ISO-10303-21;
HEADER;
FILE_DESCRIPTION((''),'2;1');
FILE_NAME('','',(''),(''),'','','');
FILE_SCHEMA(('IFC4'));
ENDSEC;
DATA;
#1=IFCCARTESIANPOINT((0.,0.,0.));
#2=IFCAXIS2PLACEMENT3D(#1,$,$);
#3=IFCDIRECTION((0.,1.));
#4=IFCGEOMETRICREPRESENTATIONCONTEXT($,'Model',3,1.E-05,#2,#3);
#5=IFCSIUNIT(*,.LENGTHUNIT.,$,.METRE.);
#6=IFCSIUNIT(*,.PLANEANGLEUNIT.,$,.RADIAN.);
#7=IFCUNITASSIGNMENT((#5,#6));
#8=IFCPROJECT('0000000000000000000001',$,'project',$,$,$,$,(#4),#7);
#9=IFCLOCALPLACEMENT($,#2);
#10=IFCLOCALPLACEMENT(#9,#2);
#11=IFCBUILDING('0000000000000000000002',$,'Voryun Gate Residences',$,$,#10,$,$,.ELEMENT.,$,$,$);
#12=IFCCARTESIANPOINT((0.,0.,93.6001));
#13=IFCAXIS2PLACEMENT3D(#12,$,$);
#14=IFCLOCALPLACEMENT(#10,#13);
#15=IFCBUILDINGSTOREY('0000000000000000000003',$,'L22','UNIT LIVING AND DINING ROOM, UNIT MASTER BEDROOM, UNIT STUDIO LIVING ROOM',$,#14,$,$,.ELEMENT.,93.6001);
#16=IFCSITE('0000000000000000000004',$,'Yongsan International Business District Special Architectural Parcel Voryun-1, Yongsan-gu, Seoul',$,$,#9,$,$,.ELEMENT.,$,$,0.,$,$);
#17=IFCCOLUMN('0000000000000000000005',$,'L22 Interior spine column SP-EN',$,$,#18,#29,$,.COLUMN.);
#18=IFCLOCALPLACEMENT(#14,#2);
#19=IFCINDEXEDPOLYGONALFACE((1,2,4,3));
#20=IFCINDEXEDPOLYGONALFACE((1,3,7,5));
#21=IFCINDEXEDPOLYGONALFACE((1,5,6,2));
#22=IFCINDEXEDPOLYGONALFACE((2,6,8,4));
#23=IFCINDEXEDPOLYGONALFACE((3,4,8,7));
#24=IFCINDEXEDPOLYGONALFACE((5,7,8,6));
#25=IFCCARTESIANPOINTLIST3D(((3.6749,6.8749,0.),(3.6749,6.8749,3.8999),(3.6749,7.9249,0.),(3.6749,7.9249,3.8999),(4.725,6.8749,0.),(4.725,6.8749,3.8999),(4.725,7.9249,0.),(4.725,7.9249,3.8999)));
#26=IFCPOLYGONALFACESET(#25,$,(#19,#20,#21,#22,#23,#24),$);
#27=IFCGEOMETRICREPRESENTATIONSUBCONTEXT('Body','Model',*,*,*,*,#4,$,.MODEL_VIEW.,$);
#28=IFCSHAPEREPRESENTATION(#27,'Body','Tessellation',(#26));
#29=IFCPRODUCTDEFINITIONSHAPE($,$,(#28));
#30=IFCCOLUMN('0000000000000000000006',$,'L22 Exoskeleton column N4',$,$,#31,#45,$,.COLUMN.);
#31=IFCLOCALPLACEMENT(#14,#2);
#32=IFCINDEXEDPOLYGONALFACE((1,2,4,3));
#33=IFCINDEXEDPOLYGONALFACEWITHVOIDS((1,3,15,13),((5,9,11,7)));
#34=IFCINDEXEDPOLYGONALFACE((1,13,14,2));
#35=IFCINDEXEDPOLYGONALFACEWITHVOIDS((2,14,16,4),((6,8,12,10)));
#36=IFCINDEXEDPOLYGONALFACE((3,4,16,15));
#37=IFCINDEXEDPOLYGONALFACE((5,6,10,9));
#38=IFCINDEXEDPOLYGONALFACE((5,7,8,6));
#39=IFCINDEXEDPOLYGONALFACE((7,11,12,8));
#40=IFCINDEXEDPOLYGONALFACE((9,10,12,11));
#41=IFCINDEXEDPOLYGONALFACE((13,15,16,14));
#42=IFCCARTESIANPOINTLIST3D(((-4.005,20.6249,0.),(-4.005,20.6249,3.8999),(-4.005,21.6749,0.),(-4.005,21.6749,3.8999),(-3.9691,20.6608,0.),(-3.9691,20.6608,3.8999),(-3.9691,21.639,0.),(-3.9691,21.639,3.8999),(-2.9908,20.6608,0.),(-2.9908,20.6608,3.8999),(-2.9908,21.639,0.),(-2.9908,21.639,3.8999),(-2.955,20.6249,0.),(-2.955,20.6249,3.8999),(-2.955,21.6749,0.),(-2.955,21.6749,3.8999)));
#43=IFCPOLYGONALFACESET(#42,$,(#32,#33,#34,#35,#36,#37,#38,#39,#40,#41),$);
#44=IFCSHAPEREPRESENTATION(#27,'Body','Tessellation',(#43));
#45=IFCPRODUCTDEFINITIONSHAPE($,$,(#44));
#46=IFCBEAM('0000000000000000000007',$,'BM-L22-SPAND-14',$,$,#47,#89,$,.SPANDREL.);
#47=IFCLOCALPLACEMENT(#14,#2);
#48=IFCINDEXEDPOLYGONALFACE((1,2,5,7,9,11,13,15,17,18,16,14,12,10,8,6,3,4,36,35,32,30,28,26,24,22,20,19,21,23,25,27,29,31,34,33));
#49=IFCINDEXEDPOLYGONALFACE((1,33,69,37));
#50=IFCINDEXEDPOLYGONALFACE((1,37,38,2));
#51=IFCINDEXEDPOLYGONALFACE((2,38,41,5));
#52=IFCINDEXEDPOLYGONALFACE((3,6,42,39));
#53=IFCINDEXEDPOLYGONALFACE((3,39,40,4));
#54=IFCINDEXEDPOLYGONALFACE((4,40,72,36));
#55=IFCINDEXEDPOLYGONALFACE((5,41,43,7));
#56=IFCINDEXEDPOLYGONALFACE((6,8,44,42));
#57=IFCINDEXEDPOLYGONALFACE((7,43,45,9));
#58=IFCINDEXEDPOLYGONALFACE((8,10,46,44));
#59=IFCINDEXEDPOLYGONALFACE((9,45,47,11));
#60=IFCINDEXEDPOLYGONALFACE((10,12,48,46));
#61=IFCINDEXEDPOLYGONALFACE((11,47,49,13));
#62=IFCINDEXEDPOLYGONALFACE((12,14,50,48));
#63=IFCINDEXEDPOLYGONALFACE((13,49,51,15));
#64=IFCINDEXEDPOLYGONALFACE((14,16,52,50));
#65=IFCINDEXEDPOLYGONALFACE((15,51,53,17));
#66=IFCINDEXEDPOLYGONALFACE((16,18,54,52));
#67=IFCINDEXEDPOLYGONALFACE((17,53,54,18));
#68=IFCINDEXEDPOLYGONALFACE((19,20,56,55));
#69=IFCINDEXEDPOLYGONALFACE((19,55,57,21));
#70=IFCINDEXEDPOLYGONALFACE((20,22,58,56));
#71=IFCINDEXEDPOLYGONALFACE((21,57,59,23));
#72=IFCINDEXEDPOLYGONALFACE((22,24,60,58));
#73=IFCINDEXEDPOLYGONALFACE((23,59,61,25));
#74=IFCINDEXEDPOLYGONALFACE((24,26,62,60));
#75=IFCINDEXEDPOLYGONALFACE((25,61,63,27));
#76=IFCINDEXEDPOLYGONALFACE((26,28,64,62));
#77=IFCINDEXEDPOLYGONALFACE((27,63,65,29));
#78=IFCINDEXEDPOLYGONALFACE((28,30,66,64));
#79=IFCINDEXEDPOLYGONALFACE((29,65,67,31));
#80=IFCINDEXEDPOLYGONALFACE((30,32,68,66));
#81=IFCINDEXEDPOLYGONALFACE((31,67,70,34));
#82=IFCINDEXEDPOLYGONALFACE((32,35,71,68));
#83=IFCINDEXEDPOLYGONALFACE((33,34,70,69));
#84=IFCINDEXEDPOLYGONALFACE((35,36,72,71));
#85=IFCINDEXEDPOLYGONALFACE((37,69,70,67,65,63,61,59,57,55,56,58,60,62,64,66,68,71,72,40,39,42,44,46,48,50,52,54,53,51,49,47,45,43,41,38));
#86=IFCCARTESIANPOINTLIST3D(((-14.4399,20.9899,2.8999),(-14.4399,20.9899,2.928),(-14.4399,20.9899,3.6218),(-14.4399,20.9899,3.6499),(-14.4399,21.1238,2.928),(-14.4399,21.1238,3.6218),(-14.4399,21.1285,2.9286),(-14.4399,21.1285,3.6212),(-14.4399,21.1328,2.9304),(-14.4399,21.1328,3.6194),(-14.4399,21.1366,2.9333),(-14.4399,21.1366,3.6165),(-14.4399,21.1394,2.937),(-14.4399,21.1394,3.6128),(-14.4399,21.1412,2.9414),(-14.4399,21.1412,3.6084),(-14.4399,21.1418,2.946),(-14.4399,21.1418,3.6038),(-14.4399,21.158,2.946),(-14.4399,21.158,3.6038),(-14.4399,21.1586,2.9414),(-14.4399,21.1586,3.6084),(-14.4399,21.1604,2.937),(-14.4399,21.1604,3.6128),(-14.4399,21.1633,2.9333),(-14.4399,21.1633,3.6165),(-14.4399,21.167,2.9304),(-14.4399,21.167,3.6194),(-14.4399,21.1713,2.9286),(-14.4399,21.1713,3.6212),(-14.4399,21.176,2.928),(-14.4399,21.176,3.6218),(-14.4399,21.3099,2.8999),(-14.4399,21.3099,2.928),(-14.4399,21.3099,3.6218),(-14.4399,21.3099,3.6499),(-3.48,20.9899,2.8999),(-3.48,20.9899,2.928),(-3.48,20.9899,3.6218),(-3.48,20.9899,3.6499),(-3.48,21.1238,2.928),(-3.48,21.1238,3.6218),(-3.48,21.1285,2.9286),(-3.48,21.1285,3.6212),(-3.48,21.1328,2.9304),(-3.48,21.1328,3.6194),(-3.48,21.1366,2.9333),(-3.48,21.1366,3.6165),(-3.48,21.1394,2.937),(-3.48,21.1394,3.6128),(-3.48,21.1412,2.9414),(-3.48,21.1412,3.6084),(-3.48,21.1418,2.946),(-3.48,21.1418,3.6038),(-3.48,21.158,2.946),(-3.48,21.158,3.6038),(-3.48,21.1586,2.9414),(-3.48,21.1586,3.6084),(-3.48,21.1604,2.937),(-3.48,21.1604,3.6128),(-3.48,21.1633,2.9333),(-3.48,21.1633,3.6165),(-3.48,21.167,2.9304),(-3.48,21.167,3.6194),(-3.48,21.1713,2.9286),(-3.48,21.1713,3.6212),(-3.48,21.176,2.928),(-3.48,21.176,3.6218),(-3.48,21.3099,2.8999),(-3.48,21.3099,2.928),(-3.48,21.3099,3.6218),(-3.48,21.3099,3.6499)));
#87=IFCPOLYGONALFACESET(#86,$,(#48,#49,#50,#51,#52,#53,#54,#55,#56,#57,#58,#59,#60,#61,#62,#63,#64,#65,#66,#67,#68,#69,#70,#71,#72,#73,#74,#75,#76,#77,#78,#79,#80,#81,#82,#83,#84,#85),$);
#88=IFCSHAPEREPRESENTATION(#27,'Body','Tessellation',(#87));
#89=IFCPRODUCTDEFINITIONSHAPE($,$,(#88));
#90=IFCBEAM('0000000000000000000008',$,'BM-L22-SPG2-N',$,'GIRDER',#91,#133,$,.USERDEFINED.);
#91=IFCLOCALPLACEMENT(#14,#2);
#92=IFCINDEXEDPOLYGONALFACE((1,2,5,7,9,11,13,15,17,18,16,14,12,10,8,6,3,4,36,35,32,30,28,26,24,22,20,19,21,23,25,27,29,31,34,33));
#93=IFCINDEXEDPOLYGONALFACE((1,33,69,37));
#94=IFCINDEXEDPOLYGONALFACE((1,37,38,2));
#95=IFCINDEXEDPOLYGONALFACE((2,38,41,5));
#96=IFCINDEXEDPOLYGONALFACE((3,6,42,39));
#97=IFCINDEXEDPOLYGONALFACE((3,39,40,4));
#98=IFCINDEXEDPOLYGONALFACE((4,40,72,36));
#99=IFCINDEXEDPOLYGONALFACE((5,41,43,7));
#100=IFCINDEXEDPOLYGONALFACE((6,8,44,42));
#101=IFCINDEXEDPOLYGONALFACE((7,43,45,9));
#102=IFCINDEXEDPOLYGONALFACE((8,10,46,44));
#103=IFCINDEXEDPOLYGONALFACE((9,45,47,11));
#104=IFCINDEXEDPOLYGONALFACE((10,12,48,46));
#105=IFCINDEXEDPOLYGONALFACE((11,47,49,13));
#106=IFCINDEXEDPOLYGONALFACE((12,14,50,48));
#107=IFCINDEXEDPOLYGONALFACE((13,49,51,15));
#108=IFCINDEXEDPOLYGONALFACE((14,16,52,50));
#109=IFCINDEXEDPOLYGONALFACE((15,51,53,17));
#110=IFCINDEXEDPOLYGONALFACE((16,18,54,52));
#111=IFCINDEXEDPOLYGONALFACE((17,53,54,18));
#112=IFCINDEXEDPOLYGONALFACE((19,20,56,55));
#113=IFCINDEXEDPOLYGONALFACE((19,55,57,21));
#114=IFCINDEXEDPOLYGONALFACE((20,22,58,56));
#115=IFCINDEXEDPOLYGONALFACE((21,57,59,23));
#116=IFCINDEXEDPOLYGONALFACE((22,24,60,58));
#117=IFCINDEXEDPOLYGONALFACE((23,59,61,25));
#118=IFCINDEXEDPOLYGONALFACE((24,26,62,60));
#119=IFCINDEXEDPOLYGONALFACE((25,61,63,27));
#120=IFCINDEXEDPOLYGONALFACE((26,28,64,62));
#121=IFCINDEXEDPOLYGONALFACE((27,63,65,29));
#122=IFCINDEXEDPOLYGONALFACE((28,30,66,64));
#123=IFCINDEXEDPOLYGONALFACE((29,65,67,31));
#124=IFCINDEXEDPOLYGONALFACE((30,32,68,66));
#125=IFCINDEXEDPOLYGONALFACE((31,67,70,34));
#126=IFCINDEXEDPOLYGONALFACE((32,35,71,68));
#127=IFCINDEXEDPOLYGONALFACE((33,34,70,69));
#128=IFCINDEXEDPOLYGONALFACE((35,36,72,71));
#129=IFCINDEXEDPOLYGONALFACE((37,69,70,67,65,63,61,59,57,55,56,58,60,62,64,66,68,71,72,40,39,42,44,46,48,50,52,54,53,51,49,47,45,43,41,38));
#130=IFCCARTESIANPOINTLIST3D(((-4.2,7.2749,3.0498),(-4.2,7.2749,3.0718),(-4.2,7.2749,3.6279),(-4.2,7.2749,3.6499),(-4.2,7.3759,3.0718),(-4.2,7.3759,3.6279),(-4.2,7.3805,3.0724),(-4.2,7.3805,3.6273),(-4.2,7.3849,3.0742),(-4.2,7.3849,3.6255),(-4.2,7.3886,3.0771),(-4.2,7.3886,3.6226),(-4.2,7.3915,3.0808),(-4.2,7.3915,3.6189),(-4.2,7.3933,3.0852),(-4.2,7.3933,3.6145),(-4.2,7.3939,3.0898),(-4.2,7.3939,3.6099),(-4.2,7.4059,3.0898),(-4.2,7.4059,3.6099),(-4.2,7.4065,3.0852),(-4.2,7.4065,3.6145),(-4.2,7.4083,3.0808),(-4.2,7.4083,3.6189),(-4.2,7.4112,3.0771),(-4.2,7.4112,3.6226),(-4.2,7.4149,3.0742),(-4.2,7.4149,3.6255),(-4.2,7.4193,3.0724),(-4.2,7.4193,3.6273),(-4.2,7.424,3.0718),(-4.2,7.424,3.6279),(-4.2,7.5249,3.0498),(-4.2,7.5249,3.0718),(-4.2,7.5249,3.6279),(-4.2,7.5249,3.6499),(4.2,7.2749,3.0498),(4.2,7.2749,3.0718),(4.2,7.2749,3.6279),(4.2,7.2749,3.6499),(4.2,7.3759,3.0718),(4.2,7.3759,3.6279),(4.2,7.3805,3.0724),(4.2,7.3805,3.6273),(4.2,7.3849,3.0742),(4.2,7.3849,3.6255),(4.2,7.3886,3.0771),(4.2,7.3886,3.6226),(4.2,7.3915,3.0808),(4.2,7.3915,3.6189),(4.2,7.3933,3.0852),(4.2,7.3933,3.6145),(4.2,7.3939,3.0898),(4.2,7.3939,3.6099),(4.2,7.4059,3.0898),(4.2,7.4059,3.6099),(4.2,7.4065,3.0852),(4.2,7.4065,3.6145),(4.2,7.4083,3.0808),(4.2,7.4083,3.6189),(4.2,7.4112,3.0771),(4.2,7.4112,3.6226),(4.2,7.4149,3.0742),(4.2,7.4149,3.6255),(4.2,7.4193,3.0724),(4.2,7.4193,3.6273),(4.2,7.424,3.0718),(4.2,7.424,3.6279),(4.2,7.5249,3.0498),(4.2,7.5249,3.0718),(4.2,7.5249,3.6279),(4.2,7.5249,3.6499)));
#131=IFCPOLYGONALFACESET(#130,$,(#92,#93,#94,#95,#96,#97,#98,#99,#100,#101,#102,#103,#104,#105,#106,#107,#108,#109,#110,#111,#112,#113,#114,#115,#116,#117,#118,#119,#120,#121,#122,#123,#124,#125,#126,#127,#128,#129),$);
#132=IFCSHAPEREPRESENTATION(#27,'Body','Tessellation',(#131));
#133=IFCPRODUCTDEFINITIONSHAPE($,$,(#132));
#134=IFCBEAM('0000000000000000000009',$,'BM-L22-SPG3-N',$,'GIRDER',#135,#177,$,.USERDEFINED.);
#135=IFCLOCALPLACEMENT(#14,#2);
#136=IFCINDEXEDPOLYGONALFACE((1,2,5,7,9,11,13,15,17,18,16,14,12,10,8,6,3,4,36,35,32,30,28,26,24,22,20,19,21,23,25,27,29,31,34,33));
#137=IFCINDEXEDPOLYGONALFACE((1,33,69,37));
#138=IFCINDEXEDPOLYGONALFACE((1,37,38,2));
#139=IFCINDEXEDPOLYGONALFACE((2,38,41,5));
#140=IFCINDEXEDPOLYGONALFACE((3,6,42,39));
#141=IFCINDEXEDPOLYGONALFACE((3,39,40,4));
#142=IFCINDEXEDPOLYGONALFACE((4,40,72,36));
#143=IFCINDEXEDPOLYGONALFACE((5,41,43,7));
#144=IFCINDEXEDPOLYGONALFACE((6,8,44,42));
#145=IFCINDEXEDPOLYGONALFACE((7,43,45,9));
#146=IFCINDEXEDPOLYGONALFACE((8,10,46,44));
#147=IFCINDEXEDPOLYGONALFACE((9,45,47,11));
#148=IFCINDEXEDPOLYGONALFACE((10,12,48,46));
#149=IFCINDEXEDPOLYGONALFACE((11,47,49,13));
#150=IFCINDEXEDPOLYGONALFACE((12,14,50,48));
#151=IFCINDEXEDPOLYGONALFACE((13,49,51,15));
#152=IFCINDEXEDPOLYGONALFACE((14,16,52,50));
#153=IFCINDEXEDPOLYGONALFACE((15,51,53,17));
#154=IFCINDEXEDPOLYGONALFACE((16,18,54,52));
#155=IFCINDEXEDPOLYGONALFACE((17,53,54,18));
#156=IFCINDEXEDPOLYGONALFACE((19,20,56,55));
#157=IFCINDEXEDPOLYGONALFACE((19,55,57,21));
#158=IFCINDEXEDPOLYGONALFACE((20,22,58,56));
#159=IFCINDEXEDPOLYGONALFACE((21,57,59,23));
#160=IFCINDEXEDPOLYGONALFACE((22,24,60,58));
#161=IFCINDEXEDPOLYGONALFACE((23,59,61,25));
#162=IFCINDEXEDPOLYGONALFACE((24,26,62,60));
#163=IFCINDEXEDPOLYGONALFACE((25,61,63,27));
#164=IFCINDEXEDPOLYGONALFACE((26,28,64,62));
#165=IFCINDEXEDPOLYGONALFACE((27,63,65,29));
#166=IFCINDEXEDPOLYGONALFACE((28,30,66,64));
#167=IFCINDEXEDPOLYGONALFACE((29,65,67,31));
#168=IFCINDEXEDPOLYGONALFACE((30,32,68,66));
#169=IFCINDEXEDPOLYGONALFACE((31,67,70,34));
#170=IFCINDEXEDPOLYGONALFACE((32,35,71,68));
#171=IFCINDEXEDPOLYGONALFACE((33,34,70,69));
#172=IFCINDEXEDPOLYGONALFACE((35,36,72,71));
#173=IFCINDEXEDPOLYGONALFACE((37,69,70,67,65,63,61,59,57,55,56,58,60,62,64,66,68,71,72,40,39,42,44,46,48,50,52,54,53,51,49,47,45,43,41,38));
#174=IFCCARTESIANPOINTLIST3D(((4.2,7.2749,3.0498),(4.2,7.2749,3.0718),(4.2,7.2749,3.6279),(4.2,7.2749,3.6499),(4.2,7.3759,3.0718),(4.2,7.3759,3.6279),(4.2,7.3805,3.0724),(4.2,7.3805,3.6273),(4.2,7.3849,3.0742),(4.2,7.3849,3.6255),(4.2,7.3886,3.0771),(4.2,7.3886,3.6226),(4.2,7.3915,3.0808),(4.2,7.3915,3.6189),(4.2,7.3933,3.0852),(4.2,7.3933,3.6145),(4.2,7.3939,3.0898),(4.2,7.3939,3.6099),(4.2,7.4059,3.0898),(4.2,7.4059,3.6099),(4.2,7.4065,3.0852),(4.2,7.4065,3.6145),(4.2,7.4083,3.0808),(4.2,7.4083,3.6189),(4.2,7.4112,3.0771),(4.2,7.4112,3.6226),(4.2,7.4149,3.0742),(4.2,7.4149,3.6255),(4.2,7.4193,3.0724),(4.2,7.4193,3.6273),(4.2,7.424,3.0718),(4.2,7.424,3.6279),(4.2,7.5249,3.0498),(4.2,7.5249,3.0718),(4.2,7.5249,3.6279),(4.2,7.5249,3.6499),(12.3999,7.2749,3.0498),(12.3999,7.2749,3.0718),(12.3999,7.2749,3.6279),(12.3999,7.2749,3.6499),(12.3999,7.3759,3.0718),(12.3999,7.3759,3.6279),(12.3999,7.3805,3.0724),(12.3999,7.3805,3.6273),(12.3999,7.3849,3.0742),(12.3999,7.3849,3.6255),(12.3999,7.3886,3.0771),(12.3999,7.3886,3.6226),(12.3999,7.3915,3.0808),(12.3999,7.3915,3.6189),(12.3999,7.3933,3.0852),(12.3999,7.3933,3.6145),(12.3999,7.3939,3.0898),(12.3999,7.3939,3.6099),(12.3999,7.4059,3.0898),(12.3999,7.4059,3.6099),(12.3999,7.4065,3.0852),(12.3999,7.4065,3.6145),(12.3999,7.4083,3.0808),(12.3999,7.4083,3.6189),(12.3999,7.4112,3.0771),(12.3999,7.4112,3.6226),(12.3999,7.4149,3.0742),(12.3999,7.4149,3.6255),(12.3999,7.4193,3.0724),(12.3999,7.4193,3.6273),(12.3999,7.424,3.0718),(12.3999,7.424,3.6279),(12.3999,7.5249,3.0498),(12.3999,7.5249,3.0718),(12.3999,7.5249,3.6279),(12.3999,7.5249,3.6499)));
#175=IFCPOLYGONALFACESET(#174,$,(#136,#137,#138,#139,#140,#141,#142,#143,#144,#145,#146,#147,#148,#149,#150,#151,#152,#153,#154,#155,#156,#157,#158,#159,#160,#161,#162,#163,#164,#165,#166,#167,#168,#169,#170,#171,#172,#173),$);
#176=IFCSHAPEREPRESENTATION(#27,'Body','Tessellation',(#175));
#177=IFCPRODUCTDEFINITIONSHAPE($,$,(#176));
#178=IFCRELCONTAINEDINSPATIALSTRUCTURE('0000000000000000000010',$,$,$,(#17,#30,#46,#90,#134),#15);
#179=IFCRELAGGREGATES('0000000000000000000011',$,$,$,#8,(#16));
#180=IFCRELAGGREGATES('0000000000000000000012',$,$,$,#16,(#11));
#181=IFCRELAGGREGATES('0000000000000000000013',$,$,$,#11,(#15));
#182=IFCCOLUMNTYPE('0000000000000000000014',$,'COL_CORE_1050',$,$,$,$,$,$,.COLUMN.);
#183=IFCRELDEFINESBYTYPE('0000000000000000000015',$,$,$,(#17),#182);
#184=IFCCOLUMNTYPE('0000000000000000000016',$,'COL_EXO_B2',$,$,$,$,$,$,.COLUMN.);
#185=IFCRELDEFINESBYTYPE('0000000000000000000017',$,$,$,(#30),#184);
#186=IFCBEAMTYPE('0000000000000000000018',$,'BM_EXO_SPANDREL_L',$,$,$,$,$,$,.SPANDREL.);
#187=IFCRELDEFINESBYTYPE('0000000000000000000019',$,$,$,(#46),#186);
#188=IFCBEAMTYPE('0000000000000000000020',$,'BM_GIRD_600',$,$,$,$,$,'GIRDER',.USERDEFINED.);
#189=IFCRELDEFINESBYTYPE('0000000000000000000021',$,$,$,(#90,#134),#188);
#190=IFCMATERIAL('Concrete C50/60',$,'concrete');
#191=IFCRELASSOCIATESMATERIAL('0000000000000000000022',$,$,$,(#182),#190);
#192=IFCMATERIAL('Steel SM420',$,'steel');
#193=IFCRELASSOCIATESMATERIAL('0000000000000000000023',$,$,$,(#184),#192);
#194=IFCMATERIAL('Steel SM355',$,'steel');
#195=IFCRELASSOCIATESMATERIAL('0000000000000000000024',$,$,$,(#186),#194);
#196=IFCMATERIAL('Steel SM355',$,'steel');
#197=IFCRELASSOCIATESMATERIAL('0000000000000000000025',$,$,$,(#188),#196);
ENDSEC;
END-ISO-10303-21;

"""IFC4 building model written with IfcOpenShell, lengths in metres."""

from ifc_helpers import new_model, si_unit, direction, frame, origin, origin_2d, place, context, subcontext, project, spatial, rectangle, hollow_rectangle, i_section, extrude, material, material_profile, profile_set, type_object, element, save


model = new_model("IFC4")

# Units and contexts
model_context = context("Model", 3, precision=1e-05, world=origin(), true_north=direction((0.0, 1.0)))
body_context = subcontext(model_context, "Body", "Model", "MODEL_VIEW")
ifc_project = project(units=[si_unit("LENGTHUNIT", "METRE"), si_unit("PLANEANGLEUNIT", "RADIAN")], contexts=[model_context])

# Site, building, storey
site_placement = place(None, origin())
site = spatial("IfcSite", under=ifc_project, at=site_placement, Name="Yongsan International Business District Special Architectural Parcel Voryun-1, Yongsan-gu, Seoul", CompositionType="ELEMENT", RefElevation=0.0)
building_placement = place(site_placement, origin())
building = spatial("IfcBuilding", under=site, at=building_placement, Name="Voryun Gate Residences", CompositionType="ELEMENT")
storey_placement = place(building_placement, frame((0.0, 0.0, 93.6001)))
storey = spatial("IfcBuildingStorey", under=building, at=storey_placement, Name="L22", Description="UNIT LIVING AND DINING ROOM, UNIT MASTER BEDROOM, UNIT STUDIO LIVING ROOM", CompositionType="ELEMENT", Elevation=93.6001)

# Columns
ifc_material_1 = material(Name="Concrete C50/60", Category="concrete")
ifc_material_profile_1 = material_profile(ifc_material_1, rectangle(XDim=1.05, YDim=1.05, at=origin_2d()), Name="RC-1050x1050")
ifc_profile_set_1 = profile_set([ifc_material_profile_1], Name="Concrete C50/60")
column_type_1 = type_object("IfcColumnType", Name="COL_CORE_1050", PredefinedType="COLUMN", material=ifc_profile_set_1)
column_1_placement = place(storey_placement, frame((4.2, 7.3999, 0.0), z_axis=(0.0, 0.0, 1.0), x_axis=(1.0, 0.0, 0.0)))
element("IfcColumn", 1, at=column_1_placement, inside=storey, type_object=column_type_1, Name="L22 Interior spine column SP-EN", PredefinedType="COLUMN", context=body_context, shape_type="SweptSolid", body=[
    extrude(rectangle(XDim=1.05, YDim=1.05, at=origin_2d()), origin(), (0.0, 0.0, 1.0), 3.8999),
])
ifc_material_2 = material(Name="Steel SM420", Category="steel")
ifc_material_profile_2 = material_profile(ifc_material_2, hollow_rectangle(XDim=1.05, YDim=1.05, WallThickness=0.0359, at=origin_2d()), Name="BOX-1050x1050x36")
ifc_profile_set_2 = profile_set([ifc_material_profile_2], Name="Steel SM420")
column_type_2 = type_object("IfcColumnType", Name="COL_EXO_B2", PredefinedType="COLUMN", material=ifc_profile_set_2)
column_2_placement = place(storey_placement, frame((-3.48, 21.1499, 0.0), z_axis=(0.0, 0.0, 1.0), x_axis=(1.0, 0.0, 0.0)))
element("IfcColumn", 2, at=column_2_placement, inside=storey, type_object=column_type_2, Name="L22 Exoskeleton column N4", PredefinedType="COLUMN", context=body_context, shape_type="SweptSolid", body=[
    extrude(hollow_rectangle(XDim=1.05, YDim=1.05, WallThickness=0.0359, at=origin_2d()), origin(), (0.0, 0.0, 1.0), 3.8999),
])

# Beams
ifc_material_3 = material(Name="Steel SM355", Category="steel")
ifc_material_profile_3 = material_profile(ifc_material_3, i_section(OverallWidth=0.3201, OverallDepth=0.75, WebThickness=0.0161, FlangeThickness=0.0281, FilletRadius=0.0181, at=origin_2d()), Name="H-750x320x16x28")
ifc_profile_set_3 = profile_set([ifc_material_profile_3], Name="Steel SM355")
beam_type_1 = type_object("IfcBeamType", Name="BM_EXO_SPANDREL_L", PredefinedType="SPANDREL", material=ifc_profile_set_3)
beam_1_placement = place(storey_placement, frame((-3.48, 21.1499, 3.2749), z_axis=(-1.0, 0.0, 0.0), x_axis=(0.0, -1.0, 0.0)))
element("IfcBeam", 3, at=beam_1_placement, inside=storey, type_object=beam_type_1, Name="BM-L22-SPAND-14", PredefinedType="SPANDREL", context=body_context, shape_type="SweptSolid", body=[
    extrude(i_section(OverallWidth=0.3201, OverallDepth=0.75, WebThickness=0.0161, FlangeThickness=0.0281, FilletRadius=0.0181, at=origin_2d()), origin(), (0.0, 0.0, 1.0), 10.96),
])
ifc_material_4 = material(Name="Steel SM355", Category="steel")
ifc_material_profile_4 = material_profile(ifc_material_4, i_section(OverallWidth=0.25, OverallDepth=0.6001, WebThickness=0.012, FlangeThickness=0.022, FilletRadius=0.0181, at=origin_2d()), Name="H-600x250x12x22")
ifc_profile_set_4 = profile_set([ifc_material_profile_4], Name="Steel SM355")
beam_type_2 = type_object("IfcBeamType", Name="BM_GIRD_600", ElementType="GIRDER", PredefinedType="USERDEFINED", material=ifc_profile_set_4)
beam_2_placement = place(storey_placement, frame((-4.2, 7.3999, 3.3499), z_axis=(1.0, 0.0, 0.0), x_axis=(0.0, 1.0, 0.0)))
element("IfcBeam", 4, at=beam_2_placement, inside=storey, type_object=beam_type_2, Name="BM-L22-SPG2-N", ObjectType="GIRDER", PredefinedType="USERDEFINED", context=body_context, shape_type="SweptSolid", body=[
    extrude(i_section(OverallWidth=0.25, OverallDepth=0.6001, WebThickness=0.012, FlangeThickness=0.022, FilletRadius=0.0181, at=origin_2d()), origin(), (0.0, 0.0, 1.0), 8.3999),
])
beam_3_placement = place(storey_placement, frame((4.2, 7.3999, 3.3499), z_axis=(1.0, 0.0, 0.0), x_axis=(0.0, 1.0, 0.0)))
element("IfcBeam", 5, at=beam_3_placement, inside=storey, type_object=beam_type_2, Name="BM-L22-SPG3-N", ObjectType="GIRDER", PredefinedType="USERDEFINED", context=body_context, shape_type="SweptSolid", body=[
    extrude(i_section(OverallWidth=0.25, OverallDepth=0.6001, WebThickness=0.012, FlangeThickness=0.022, FilletRadius=0.0181, at=origin_2d()), origin(), (0.0, 0.0, 1.0), 8.2),
])

save(model, "model.ifc")
